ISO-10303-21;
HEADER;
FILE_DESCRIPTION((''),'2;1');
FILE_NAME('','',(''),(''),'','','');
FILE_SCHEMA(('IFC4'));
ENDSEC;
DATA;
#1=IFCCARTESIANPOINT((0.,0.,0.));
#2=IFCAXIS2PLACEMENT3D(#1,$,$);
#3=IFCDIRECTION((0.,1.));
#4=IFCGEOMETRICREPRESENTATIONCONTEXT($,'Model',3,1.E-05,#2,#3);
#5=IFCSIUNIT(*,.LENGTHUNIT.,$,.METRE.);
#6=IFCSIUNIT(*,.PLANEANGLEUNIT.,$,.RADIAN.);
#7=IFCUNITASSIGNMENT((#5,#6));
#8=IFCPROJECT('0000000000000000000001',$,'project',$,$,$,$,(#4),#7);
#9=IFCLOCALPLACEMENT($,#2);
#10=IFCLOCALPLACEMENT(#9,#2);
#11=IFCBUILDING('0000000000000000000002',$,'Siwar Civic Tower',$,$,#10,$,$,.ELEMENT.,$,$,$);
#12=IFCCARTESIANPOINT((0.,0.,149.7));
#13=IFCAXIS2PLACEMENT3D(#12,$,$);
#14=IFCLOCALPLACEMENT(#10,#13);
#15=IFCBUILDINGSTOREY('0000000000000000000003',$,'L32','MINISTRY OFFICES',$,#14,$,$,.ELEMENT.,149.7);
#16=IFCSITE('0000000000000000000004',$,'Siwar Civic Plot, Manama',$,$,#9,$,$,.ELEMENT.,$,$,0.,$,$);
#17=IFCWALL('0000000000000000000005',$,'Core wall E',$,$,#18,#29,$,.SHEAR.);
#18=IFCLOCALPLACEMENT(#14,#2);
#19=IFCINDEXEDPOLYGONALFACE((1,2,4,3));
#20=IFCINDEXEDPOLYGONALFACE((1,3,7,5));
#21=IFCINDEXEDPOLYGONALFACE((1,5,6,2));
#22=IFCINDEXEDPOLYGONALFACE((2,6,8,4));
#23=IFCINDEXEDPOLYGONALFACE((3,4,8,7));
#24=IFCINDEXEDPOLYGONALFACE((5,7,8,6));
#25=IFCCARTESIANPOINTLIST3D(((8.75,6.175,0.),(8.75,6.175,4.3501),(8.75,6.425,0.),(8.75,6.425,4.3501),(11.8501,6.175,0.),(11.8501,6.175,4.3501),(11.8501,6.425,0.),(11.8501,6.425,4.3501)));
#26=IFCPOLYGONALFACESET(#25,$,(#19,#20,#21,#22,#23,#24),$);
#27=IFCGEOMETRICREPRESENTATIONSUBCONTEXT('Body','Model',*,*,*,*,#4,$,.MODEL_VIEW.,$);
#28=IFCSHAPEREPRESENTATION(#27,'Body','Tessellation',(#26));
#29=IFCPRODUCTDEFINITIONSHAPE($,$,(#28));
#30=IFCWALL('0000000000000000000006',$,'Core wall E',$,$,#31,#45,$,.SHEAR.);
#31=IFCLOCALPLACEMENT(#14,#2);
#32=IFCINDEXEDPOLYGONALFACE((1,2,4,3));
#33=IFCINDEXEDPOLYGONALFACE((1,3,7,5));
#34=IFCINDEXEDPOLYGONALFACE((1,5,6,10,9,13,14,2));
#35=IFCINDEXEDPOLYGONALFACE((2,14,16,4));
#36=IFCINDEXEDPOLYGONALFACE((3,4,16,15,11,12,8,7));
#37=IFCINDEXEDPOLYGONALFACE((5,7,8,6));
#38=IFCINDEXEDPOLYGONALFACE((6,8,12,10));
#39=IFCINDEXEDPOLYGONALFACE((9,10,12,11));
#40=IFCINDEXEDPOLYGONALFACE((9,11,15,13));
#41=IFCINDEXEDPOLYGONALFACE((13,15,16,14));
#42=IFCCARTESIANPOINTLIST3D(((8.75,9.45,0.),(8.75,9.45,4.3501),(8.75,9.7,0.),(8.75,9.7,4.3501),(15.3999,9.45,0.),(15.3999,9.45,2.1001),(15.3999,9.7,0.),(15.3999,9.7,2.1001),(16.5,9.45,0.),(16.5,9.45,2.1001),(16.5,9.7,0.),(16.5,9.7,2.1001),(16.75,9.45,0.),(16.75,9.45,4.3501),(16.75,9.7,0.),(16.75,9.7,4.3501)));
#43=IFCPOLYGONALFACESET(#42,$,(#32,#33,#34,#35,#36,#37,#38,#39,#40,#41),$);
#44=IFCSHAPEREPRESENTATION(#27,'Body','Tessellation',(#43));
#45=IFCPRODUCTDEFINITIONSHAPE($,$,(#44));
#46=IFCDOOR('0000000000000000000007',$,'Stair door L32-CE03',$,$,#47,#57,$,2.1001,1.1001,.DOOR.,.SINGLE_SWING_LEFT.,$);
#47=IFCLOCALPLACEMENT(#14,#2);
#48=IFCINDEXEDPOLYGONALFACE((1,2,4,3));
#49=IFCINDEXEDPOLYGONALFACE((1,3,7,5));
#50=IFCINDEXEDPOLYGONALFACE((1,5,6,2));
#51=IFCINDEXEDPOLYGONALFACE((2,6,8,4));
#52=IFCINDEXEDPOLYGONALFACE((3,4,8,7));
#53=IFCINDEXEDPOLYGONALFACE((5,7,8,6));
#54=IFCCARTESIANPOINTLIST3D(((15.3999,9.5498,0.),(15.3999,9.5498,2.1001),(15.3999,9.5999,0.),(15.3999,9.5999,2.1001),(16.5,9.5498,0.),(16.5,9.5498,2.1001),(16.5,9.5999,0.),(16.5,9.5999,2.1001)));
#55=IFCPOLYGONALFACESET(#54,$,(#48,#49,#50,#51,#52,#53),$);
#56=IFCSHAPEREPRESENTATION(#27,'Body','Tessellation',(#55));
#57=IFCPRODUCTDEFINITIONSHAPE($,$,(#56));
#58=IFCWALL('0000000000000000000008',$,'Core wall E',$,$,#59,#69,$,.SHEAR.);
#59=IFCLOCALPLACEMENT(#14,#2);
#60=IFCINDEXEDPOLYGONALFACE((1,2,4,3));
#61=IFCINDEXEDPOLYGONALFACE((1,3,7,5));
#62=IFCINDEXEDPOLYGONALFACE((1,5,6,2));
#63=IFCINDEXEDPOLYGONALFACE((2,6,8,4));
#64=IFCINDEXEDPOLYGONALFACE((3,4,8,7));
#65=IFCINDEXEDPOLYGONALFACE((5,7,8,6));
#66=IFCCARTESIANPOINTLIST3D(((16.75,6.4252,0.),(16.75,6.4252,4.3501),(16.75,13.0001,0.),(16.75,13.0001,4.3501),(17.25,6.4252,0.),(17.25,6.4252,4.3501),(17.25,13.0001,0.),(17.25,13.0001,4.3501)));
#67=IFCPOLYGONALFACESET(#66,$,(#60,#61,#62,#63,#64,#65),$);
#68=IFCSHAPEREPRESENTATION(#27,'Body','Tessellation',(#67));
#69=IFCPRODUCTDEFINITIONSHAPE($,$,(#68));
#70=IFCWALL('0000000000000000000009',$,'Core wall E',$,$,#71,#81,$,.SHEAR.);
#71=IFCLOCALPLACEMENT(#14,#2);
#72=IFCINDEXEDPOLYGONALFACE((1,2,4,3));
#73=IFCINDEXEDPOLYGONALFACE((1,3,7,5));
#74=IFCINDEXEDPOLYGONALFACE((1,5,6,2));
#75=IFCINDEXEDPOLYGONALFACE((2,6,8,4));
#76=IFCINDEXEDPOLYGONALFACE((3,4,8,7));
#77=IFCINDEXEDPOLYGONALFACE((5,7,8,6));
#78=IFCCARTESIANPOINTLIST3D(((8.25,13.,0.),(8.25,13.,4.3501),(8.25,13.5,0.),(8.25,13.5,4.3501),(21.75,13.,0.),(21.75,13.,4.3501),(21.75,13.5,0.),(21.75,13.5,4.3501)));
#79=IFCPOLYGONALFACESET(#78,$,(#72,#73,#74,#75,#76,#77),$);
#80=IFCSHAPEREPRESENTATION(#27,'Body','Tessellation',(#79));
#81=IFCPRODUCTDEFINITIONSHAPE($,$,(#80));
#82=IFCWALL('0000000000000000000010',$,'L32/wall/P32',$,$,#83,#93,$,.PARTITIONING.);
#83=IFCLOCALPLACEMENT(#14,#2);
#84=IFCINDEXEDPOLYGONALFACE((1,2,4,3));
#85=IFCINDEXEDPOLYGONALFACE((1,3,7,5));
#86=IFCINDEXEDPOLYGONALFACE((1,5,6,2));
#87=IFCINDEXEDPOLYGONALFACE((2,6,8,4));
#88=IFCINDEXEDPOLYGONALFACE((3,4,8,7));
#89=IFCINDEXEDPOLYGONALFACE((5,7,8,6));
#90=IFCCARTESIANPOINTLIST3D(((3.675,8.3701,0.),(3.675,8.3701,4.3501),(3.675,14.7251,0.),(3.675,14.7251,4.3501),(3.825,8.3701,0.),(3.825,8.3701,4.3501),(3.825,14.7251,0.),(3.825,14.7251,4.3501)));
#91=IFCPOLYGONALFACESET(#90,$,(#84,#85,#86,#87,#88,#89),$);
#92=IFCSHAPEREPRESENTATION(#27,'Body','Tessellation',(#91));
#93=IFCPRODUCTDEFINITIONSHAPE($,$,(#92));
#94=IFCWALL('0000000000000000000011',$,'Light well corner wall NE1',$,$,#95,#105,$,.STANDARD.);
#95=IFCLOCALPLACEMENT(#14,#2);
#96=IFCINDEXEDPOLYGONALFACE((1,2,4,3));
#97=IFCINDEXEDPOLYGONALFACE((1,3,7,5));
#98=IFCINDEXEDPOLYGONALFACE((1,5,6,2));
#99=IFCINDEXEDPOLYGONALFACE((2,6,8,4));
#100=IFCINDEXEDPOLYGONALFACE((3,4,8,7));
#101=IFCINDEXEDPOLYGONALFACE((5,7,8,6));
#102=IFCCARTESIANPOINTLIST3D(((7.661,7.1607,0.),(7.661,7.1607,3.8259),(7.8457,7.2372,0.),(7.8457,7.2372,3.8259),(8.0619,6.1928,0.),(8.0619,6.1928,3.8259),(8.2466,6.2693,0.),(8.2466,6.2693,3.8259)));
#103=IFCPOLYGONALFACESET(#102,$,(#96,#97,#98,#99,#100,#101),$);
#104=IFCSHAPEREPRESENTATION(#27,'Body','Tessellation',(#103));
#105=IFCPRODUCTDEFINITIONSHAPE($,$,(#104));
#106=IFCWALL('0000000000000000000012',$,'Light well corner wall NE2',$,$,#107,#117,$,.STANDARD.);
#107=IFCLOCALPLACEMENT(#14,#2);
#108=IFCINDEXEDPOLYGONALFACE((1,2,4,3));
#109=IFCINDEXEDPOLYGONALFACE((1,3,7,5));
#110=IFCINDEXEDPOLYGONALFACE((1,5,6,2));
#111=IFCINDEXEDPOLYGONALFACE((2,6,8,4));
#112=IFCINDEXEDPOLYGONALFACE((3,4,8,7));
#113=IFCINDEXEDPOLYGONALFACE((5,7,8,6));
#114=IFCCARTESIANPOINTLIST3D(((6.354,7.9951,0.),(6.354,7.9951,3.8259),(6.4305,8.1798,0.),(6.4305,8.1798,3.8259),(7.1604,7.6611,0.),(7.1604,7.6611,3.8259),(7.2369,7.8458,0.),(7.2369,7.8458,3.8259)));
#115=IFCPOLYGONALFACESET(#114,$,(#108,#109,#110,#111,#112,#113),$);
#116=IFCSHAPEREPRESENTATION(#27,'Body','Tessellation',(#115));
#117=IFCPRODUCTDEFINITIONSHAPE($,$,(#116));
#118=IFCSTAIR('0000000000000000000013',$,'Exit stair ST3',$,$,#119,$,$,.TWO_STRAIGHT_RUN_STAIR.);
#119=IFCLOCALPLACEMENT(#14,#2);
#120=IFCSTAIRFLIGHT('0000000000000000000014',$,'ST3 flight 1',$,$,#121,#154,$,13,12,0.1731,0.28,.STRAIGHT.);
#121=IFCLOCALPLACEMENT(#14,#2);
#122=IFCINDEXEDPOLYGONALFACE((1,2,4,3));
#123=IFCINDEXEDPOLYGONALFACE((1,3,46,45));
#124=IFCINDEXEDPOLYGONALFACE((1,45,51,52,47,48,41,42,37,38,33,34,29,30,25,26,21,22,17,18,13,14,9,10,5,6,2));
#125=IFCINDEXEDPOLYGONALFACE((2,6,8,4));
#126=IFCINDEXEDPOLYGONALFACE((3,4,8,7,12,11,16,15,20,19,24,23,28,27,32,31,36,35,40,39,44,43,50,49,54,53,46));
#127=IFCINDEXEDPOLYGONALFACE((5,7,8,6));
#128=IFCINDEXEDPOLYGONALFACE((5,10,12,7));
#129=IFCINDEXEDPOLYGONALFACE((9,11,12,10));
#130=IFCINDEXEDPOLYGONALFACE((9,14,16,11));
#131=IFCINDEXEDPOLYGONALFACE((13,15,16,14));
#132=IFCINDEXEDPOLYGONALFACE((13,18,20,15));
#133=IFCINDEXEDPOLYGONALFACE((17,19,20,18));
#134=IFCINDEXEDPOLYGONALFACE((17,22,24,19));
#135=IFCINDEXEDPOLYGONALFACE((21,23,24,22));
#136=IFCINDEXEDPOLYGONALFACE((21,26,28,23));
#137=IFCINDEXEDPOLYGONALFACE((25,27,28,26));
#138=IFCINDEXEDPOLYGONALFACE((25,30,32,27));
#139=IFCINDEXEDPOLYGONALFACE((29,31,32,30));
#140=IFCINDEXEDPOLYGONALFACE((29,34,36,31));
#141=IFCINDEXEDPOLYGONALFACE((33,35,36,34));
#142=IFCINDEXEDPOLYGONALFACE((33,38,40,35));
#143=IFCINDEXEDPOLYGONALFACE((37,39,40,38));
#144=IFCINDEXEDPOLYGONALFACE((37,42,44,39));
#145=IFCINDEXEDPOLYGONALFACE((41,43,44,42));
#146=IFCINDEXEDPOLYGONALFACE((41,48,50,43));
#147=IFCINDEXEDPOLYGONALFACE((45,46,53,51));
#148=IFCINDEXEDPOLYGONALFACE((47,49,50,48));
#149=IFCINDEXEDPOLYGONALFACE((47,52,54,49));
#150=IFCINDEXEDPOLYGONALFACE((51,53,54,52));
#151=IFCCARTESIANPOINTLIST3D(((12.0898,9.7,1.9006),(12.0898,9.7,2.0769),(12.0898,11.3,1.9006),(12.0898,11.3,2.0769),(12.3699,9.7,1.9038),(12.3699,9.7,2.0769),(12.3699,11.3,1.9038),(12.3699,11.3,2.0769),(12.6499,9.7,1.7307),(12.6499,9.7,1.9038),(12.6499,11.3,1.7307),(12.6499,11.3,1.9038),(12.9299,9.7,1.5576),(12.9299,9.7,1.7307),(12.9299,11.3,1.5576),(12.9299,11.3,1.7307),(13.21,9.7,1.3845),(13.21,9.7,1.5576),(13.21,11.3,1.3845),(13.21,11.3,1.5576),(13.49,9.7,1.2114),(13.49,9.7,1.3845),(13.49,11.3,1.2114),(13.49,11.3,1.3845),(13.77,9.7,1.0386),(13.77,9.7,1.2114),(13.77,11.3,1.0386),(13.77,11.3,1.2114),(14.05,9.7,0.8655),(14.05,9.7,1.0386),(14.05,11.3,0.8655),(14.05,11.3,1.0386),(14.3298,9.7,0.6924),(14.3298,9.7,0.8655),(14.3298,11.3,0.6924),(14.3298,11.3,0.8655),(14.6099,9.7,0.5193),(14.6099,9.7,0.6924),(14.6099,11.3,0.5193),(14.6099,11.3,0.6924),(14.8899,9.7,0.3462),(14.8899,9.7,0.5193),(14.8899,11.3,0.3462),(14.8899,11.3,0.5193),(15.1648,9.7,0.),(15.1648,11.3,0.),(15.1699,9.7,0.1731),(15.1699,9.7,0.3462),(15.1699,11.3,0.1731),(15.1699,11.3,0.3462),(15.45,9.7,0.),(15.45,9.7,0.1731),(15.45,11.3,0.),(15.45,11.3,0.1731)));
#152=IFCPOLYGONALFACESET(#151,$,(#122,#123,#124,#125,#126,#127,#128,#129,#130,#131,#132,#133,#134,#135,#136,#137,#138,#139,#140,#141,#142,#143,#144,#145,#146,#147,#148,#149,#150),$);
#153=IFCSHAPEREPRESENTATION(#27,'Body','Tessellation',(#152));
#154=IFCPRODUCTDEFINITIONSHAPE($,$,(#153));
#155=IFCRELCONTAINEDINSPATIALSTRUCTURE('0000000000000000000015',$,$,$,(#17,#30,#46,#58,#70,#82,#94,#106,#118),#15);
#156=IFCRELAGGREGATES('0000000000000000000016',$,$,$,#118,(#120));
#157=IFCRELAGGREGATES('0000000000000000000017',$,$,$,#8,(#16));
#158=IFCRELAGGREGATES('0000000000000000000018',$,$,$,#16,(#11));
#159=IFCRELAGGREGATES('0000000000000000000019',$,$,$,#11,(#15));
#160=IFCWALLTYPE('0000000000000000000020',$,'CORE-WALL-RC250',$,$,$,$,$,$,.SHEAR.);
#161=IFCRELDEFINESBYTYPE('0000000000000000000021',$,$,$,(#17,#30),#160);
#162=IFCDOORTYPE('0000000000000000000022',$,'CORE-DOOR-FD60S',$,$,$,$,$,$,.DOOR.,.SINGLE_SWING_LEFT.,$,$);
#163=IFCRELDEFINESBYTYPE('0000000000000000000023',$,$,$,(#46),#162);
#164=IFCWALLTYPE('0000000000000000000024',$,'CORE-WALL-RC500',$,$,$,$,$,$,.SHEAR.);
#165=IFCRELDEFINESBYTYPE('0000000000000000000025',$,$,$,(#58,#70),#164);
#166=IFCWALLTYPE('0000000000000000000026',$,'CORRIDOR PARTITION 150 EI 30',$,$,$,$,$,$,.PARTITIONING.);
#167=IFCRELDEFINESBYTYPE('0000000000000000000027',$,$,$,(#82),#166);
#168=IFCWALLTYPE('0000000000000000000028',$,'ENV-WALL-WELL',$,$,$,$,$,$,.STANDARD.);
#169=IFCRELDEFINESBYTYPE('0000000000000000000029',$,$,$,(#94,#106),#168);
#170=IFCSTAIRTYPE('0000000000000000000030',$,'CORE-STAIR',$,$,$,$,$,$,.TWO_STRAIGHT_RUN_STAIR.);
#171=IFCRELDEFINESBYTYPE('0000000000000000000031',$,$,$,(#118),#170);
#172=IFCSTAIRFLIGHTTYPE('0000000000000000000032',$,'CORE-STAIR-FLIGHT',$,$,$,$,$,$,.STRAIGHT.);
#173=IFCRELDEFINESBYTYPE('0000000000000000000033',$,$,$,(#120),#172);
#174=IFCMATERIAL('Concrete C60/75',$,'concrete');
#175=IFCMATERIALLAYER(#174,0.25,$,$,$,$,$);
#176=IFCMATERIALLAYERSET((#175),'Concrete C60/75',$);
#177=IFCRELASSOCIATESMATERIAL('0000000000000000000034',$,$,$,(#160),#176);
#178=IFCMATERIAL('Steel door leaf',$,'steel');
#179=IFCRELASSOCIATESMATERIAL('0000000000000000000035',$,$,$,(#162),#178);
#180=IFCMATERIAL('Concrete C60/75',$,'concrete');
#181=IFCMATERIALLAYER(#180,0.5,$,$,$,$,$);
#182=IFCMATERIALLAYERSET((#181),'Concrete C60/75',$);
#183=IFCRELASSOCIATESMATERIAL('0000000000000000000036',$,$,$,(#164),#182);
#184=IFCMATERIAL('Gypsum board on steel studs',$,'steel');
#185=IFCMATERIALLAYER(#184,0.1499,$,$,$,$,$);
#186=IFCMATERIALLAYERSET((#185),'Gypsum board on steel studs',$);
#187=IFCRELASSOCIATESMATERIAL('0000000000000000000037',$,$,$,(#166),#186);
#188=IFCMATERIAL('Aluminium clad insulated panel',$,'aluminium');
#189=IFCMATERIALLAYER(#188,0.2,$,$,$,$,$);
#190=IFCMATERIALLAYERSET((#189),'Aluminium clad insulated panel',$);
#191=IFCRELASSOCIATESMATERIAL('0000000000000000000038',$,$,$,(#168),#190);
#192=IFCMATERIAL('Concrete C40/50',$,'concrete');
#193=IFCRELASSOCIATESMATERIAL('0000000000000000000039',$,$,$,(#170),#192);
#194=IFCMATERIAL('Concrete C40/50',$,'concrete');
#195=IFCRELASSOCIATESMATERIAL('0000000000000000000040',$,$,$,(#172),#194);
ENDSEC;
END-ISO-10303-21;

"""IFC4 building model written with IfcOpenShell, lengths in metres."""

from ifc_helpers import new_model, si_unit, direction, frame, frame_2d, origin, place, context, subcontext, project, spatial, polyline, rectangle, outline, extrude, material, layer, layer_set, type_object, element, fill, aggregate, save


model = new_model("IFC4")

# Units and contexts
model_context = context("Model", 3, precision=1e-05, world=origin(), true_north=direction((0.0, 1.0)))
body_context = subcontext(model_context, "Body", "Model", "MODEL_VIEW")
ifc_project = project(units=[si_unit("LENGTHUNIT", "METRE"), si_unit("PLANEANGLEUNIT", "RADIAN")], contexts=[model_context])

# Site, building, storey
site_placement = place(None, origin())
site = spatial("IfcSite", under=ifc_project, at=site_placement, Name="Siwar Civic Plot, Manama", CompositionType="ELEMENT", RefElevation=0.0)
building_placement = place(site_placement, origin())
building = spatial("IfcBuilding", under=site, at=building_placement, Name="Siwar Civic Tower", CompositionType="ELEMENT")
storey_placement = place(building_placement, frame((0.0, 0.0, 149.7)))
storey = spatial("IfcBuildingStorey", under=building, at=storey_placement, Name="L32", Description="MINISTRY OFFICES", CompositionType="ELEMENT", Elevation=149.7)

# Shared definitions
ifc_material_1 = material(Name="Concrete C60/75", Category="concrete")
ifc_layer_1 = layer(ifc_material_1, 0.25)
ifc_layer_set_1 = layer_set([ifc_layer_1], Name="Concrete C60/75")
wall_type_1 = type_object("IfcWallType", Name="CORE-WALL-RC250", PredefinedType="SHEAR", material=ifc_layer_set_1)

# Wall
wall_1_placement = place(storey_placement, frame((8.75, 6.3, 0.0), z_axis=(0.0, 0.0, 1.0), x_axis=(1.0, 0.0, 0.0)))
element("IfcWall", 1, at=wall_1_placement, inside=storey, type_object=wall_type_1, Name="Core wall E", PredefinedType="SHEAR", context=body_context, shape_type="SweptSolid", body=[
    extrude(rectangle(XDim=3.1001, YDim=0.25, at=frame_2d((1.55, 0.0))), origin(), (0.0, 0.0, 1.0), 4.3501),
])

# Wall, opening, door
wall_2_placement = place(storey_placement, frame((8.75, 9.575, 0.0), z_axis=(0.0, 0.0, 1.0), x_axis=(1.0, 0.0, 0.0)))
wall_2 = element("IfcWall", 2, at=wall_2_placement, inside=storey, type_object=wall_type_1, Name="Core wall E", PredefinedType="SHEAR", context=body_context, shape_type="SweptSolid", body=[
    extrude(rectangle(XDim=8.0, YDim=0.25, at=frame_2d((4.0, 0.0))), origin(), (0.0, 0.0, 1.0), 4.3501),
])
opening_1_placement = place(wall_2_placement, frame((6.6499, 0.0, 0.0)))
opening_1 = element("IfcOpeningElement", 3, at=opening_1_placement, cuts=wall_2, PredefinedType="OPENING", context=body_context, shape_type="SweptSolid", body=[
    extrude(rectangle(XDim=1.1001, YDim=2.1001, at=frame_2d((0.55, 1.05))), frame((0.0, 0.135, 0.0), z_axis=(0.0, -1.0, 0.0), x_axis=(1.0, 0.0, 0.0)), (0.0, 0.0, 1.0), 0.27),
])
ifc_material_2 = material(Name="Steel door leaf", Category="steel")
door_type_1 = type_object("IfcDoorType", Name="CORE-DOOR-FD60S", OperationType="SINGLE_SWING_LEFT", PredefinedType="DOOR", material=ifc_material_2)
door_1_placement = place(opening_1_placement, origin())
door_1 = element("IfcDoor", 4, at=door_1_placement, inside=storey, type_object=door_type_1, Name="Stair door L32-CE03", OperationType="SINGLE_SWING_LEFT", OverallHeight=2.1001, OverallWidth=1.1001, PredefinedType="DOOR", context=body_context, shape_type="SweptSolid", body=[
    extrude(rectangle(XDim=1.1001, YDim=2.1001, at=frame_2d((0.55, 1.05))), frame((0.0, 0.0249, 0.0), z_axis=(0.0, -1.0, 0.0), x_axis=(1.0, 0.0, 0.0)), (0.0, 0.0, 1.0), 0.05),
])
fill(opening_1, door_1)

# Walls
ifc_material_3 = material(Name="Concrete C60/75", Category="concrete")
ifc_layer_2 = layer(ifc_material_3, 0.5)
ifc_layer_set_2 = layer_set([ifc_layer_2], Name="Concrete C60/75")
wall_type_2 = type_object("IfcWallType", Name="CORE-WALL-RC500", PredefinedType="SHEAR", material=ifc_layer_set_2)
wall_3_placement = place(storey_placement, frame((17.0, 6.425, 0.0), z_axis=(0.0, 0.0, 1.0), x_axis=(0.0, 1.0, 0.0)))
element("IfcWall", 5, at=wall_3_placement, inside=storey, type_object=wall_type_2, Name="Core wall E", PredefinedType="SHEAR", context=body_context, shape_type="SweptSolid", body=[
    extrude(rectangle(XDim=6.575, YDim=0.5, at=frame_2d((3.2876, 0.0))), origin(), (0.0, 0.0, 1.0), 4.3501),
])
wall_4_placement = place(storey_placement, frame((8.25, 13.25, 0.0), z_axis=(0.0, 0.0, 1.0), x_axis=(1.0, 0.0, 0.0)))
element("IfcWall", 6, at=wall_4_placement, inside=storey, type_object=wall_type_2, Name="Core wall E", PredefinedType="SHEAR", context=body_context, shape_type="SweptSolid", body=[
    extrude(rectangle(XDim=13.5, YDim=0.5, at=frame_2d((6.75, 0.0))), origin(), (0.0, 0.0, 1.0), 4.3501),
])
ifc_material_4 = material(Name="Gypsum board on steel studs", Category="steel")
ifc_layer_3 = layer(ifc_material_4, 0.1499)
ifc_layer_set_3 = layer_set([ifc_layer_3], Name="Gypsum board on steel studs")
wall_type_3 = type_object("IfcWallType", Name="CORRIDOR PARTITION 150 EI 30", PredefinedType="PARTITIONING", material=ifc_layer_set_3)
wall_5_placement = place(storey_placement, frame((3.75, 8.3701, 0.0), z_axis=(0.0, 0.0, 1.0), x_axis=(0.0, 1.0, 0.0)))
element("IfcWall", 7, at=wall_5_placement, inside=storey, type_object=wall_type_3, Name="L32/wall/P32", PredefinedType="PARTITIONING", context=body_context, shape_type="SweptSolid", body=[
    extrude(rectangle(XDim=6.355, YDim=0.1499, at=frame_2d((3.1775, 0.0))), origin(), (0.0, 0.0, 1.0), 4.3501),
])
ifc_material_5 = material(Name="Aluminium clad insulated panel", Category="aluminium")
ifc_layer_4 = layer(ifc_material_5, 0.2)
ifc_layer_set_4 = layer_set([ifc_layer_4], Name="Aluminium clad insulated panel")
wall_type_4 = type_object("IfcWallType", Name="ENV-WALL-WELL", PredefinedType="STANDARD", material=ifc_layer_set_4)
wall_6_placement = place(storey_placement, frame((8.1543, 6.231, 0.0), z_axis=(0.0, 0.0, 1.0), x_axis=(-0.382695, 0.923875, 0.0)))
element("IfcWall", 8, at=wall_6_placement, inside=storey, type_object=wall_type_4, Name="Light well corner wall NE1", PredefinedType="STANDARD", context=body_context, shape_type="SweptSolid", body=[
    extrude(rectangle(XDim=1.0476, YDim=0.2, at=frame_2d((0.5239, 0.0))), origin(), (0.0, 0.0, 1.0), 3.8259),
])
wall_7_placement = place(storey_placement, frame((7.1987, 7.7534, 0.0), z_axis=(0.0, 0.0, 1.0), x_axis=(-0.923894, 0.382648, 0.0)))
element("IfcWall", 9, at=wall_7_placement, inside=storey, type_object=wall_type_4, Name="Light well corner wall NE2", PredefinedType="STANDARD", context=body_context, shape_type="SweptSolid", body=[
    extrude(rectangle(XDim=0.8728, YDim=0.2, at=frame_2d((0.4365, 0.0))), origin(), (0.0, 0.0, 1.0), 3.8259),
])

# Stair, stair flight
ifc_material_6 = material(Name="Concrete C40/50", Category="concrete")
stair_type = type_object("IfcStairType", Name="CORE-STAIR", PredefinedType="TWO_STRAIGHT_RUN_STAIR", material=ifc_material_6)
stair_placement = place(storey_placement, origin())
stair = element("IfcStair", 10, at=stair_placement, inside=storey, type_object=stair_type, Name="Exit stair ST3", PredefinedType="TWO_STRAIGHT_RUN_STAIR")
ifc_material_7 = material(Name="Concrete C40/50", Category="concrete")
stair_flight_type = type_object("IfcStairFlightType", Name="CORE-STAIR-FLIGHT", PredefinedType="STRAIGHT", material=ifc_material_7)
stair_flight_1_placement = place(storey_placement, frame((15.45, 10.5, 0.0), z_axis=(0.0, 0.0, 1.0), x_axis=(-1.0, 0.0, 0.0)))
stair_flight_1 = element("IfcStairFlight", 11, at=stair_flight_1_placement, type_object=stair_flight_type, Name="ST3 flight 1", NumberOfRisers=13, NumberOfTreads=12, PredefinedType="STRAIGHT", RiserHeight=0.1731, TreadLength=0.28, context=body_context, shape_type="SweptSolid", body=[
    extrude(outline(polyline([(0.0, 0.0), (0.0, 0.1731), (0.28, 0.1731), (0.28, 0.3462), (0.5601, 0.3462), (0.5601, 0.5193), (0.8401, 0.5193), (0.8401, 0.6924), (1.1201, 0.6924), (1.1201, 0.8655), (1.3999, 0.8655), (1.3999, 1.0386), (1.6799, 1.0386), (1.6799, 1.2114), (1.96, 1.2114), (1.96, 1.3845), (2.24, 1.3845), (2.24, 1.5576), (2.52, 1.5576), (2.52, 1.7307), (2.8, 1.7307), (2.8, 1.9038), (3.0801, 1.9038), (3.0801, 2.0769), (3.3601, 2.0769), (3.3601, 2.25), (3.3601, 1.9006), (0.2852, 0.0), (0.0, 0.0)])), frame((0.0, 0.8, 0.0), z_axis=(0.0, -1.0, 0.0), x_axis=(1.0, 0.0, 0.0)), (0.0, 0.0, 1.0), 1.6001),
])
aggregate(stair, [stair_flight_1])

save(model, "model.ifc")
